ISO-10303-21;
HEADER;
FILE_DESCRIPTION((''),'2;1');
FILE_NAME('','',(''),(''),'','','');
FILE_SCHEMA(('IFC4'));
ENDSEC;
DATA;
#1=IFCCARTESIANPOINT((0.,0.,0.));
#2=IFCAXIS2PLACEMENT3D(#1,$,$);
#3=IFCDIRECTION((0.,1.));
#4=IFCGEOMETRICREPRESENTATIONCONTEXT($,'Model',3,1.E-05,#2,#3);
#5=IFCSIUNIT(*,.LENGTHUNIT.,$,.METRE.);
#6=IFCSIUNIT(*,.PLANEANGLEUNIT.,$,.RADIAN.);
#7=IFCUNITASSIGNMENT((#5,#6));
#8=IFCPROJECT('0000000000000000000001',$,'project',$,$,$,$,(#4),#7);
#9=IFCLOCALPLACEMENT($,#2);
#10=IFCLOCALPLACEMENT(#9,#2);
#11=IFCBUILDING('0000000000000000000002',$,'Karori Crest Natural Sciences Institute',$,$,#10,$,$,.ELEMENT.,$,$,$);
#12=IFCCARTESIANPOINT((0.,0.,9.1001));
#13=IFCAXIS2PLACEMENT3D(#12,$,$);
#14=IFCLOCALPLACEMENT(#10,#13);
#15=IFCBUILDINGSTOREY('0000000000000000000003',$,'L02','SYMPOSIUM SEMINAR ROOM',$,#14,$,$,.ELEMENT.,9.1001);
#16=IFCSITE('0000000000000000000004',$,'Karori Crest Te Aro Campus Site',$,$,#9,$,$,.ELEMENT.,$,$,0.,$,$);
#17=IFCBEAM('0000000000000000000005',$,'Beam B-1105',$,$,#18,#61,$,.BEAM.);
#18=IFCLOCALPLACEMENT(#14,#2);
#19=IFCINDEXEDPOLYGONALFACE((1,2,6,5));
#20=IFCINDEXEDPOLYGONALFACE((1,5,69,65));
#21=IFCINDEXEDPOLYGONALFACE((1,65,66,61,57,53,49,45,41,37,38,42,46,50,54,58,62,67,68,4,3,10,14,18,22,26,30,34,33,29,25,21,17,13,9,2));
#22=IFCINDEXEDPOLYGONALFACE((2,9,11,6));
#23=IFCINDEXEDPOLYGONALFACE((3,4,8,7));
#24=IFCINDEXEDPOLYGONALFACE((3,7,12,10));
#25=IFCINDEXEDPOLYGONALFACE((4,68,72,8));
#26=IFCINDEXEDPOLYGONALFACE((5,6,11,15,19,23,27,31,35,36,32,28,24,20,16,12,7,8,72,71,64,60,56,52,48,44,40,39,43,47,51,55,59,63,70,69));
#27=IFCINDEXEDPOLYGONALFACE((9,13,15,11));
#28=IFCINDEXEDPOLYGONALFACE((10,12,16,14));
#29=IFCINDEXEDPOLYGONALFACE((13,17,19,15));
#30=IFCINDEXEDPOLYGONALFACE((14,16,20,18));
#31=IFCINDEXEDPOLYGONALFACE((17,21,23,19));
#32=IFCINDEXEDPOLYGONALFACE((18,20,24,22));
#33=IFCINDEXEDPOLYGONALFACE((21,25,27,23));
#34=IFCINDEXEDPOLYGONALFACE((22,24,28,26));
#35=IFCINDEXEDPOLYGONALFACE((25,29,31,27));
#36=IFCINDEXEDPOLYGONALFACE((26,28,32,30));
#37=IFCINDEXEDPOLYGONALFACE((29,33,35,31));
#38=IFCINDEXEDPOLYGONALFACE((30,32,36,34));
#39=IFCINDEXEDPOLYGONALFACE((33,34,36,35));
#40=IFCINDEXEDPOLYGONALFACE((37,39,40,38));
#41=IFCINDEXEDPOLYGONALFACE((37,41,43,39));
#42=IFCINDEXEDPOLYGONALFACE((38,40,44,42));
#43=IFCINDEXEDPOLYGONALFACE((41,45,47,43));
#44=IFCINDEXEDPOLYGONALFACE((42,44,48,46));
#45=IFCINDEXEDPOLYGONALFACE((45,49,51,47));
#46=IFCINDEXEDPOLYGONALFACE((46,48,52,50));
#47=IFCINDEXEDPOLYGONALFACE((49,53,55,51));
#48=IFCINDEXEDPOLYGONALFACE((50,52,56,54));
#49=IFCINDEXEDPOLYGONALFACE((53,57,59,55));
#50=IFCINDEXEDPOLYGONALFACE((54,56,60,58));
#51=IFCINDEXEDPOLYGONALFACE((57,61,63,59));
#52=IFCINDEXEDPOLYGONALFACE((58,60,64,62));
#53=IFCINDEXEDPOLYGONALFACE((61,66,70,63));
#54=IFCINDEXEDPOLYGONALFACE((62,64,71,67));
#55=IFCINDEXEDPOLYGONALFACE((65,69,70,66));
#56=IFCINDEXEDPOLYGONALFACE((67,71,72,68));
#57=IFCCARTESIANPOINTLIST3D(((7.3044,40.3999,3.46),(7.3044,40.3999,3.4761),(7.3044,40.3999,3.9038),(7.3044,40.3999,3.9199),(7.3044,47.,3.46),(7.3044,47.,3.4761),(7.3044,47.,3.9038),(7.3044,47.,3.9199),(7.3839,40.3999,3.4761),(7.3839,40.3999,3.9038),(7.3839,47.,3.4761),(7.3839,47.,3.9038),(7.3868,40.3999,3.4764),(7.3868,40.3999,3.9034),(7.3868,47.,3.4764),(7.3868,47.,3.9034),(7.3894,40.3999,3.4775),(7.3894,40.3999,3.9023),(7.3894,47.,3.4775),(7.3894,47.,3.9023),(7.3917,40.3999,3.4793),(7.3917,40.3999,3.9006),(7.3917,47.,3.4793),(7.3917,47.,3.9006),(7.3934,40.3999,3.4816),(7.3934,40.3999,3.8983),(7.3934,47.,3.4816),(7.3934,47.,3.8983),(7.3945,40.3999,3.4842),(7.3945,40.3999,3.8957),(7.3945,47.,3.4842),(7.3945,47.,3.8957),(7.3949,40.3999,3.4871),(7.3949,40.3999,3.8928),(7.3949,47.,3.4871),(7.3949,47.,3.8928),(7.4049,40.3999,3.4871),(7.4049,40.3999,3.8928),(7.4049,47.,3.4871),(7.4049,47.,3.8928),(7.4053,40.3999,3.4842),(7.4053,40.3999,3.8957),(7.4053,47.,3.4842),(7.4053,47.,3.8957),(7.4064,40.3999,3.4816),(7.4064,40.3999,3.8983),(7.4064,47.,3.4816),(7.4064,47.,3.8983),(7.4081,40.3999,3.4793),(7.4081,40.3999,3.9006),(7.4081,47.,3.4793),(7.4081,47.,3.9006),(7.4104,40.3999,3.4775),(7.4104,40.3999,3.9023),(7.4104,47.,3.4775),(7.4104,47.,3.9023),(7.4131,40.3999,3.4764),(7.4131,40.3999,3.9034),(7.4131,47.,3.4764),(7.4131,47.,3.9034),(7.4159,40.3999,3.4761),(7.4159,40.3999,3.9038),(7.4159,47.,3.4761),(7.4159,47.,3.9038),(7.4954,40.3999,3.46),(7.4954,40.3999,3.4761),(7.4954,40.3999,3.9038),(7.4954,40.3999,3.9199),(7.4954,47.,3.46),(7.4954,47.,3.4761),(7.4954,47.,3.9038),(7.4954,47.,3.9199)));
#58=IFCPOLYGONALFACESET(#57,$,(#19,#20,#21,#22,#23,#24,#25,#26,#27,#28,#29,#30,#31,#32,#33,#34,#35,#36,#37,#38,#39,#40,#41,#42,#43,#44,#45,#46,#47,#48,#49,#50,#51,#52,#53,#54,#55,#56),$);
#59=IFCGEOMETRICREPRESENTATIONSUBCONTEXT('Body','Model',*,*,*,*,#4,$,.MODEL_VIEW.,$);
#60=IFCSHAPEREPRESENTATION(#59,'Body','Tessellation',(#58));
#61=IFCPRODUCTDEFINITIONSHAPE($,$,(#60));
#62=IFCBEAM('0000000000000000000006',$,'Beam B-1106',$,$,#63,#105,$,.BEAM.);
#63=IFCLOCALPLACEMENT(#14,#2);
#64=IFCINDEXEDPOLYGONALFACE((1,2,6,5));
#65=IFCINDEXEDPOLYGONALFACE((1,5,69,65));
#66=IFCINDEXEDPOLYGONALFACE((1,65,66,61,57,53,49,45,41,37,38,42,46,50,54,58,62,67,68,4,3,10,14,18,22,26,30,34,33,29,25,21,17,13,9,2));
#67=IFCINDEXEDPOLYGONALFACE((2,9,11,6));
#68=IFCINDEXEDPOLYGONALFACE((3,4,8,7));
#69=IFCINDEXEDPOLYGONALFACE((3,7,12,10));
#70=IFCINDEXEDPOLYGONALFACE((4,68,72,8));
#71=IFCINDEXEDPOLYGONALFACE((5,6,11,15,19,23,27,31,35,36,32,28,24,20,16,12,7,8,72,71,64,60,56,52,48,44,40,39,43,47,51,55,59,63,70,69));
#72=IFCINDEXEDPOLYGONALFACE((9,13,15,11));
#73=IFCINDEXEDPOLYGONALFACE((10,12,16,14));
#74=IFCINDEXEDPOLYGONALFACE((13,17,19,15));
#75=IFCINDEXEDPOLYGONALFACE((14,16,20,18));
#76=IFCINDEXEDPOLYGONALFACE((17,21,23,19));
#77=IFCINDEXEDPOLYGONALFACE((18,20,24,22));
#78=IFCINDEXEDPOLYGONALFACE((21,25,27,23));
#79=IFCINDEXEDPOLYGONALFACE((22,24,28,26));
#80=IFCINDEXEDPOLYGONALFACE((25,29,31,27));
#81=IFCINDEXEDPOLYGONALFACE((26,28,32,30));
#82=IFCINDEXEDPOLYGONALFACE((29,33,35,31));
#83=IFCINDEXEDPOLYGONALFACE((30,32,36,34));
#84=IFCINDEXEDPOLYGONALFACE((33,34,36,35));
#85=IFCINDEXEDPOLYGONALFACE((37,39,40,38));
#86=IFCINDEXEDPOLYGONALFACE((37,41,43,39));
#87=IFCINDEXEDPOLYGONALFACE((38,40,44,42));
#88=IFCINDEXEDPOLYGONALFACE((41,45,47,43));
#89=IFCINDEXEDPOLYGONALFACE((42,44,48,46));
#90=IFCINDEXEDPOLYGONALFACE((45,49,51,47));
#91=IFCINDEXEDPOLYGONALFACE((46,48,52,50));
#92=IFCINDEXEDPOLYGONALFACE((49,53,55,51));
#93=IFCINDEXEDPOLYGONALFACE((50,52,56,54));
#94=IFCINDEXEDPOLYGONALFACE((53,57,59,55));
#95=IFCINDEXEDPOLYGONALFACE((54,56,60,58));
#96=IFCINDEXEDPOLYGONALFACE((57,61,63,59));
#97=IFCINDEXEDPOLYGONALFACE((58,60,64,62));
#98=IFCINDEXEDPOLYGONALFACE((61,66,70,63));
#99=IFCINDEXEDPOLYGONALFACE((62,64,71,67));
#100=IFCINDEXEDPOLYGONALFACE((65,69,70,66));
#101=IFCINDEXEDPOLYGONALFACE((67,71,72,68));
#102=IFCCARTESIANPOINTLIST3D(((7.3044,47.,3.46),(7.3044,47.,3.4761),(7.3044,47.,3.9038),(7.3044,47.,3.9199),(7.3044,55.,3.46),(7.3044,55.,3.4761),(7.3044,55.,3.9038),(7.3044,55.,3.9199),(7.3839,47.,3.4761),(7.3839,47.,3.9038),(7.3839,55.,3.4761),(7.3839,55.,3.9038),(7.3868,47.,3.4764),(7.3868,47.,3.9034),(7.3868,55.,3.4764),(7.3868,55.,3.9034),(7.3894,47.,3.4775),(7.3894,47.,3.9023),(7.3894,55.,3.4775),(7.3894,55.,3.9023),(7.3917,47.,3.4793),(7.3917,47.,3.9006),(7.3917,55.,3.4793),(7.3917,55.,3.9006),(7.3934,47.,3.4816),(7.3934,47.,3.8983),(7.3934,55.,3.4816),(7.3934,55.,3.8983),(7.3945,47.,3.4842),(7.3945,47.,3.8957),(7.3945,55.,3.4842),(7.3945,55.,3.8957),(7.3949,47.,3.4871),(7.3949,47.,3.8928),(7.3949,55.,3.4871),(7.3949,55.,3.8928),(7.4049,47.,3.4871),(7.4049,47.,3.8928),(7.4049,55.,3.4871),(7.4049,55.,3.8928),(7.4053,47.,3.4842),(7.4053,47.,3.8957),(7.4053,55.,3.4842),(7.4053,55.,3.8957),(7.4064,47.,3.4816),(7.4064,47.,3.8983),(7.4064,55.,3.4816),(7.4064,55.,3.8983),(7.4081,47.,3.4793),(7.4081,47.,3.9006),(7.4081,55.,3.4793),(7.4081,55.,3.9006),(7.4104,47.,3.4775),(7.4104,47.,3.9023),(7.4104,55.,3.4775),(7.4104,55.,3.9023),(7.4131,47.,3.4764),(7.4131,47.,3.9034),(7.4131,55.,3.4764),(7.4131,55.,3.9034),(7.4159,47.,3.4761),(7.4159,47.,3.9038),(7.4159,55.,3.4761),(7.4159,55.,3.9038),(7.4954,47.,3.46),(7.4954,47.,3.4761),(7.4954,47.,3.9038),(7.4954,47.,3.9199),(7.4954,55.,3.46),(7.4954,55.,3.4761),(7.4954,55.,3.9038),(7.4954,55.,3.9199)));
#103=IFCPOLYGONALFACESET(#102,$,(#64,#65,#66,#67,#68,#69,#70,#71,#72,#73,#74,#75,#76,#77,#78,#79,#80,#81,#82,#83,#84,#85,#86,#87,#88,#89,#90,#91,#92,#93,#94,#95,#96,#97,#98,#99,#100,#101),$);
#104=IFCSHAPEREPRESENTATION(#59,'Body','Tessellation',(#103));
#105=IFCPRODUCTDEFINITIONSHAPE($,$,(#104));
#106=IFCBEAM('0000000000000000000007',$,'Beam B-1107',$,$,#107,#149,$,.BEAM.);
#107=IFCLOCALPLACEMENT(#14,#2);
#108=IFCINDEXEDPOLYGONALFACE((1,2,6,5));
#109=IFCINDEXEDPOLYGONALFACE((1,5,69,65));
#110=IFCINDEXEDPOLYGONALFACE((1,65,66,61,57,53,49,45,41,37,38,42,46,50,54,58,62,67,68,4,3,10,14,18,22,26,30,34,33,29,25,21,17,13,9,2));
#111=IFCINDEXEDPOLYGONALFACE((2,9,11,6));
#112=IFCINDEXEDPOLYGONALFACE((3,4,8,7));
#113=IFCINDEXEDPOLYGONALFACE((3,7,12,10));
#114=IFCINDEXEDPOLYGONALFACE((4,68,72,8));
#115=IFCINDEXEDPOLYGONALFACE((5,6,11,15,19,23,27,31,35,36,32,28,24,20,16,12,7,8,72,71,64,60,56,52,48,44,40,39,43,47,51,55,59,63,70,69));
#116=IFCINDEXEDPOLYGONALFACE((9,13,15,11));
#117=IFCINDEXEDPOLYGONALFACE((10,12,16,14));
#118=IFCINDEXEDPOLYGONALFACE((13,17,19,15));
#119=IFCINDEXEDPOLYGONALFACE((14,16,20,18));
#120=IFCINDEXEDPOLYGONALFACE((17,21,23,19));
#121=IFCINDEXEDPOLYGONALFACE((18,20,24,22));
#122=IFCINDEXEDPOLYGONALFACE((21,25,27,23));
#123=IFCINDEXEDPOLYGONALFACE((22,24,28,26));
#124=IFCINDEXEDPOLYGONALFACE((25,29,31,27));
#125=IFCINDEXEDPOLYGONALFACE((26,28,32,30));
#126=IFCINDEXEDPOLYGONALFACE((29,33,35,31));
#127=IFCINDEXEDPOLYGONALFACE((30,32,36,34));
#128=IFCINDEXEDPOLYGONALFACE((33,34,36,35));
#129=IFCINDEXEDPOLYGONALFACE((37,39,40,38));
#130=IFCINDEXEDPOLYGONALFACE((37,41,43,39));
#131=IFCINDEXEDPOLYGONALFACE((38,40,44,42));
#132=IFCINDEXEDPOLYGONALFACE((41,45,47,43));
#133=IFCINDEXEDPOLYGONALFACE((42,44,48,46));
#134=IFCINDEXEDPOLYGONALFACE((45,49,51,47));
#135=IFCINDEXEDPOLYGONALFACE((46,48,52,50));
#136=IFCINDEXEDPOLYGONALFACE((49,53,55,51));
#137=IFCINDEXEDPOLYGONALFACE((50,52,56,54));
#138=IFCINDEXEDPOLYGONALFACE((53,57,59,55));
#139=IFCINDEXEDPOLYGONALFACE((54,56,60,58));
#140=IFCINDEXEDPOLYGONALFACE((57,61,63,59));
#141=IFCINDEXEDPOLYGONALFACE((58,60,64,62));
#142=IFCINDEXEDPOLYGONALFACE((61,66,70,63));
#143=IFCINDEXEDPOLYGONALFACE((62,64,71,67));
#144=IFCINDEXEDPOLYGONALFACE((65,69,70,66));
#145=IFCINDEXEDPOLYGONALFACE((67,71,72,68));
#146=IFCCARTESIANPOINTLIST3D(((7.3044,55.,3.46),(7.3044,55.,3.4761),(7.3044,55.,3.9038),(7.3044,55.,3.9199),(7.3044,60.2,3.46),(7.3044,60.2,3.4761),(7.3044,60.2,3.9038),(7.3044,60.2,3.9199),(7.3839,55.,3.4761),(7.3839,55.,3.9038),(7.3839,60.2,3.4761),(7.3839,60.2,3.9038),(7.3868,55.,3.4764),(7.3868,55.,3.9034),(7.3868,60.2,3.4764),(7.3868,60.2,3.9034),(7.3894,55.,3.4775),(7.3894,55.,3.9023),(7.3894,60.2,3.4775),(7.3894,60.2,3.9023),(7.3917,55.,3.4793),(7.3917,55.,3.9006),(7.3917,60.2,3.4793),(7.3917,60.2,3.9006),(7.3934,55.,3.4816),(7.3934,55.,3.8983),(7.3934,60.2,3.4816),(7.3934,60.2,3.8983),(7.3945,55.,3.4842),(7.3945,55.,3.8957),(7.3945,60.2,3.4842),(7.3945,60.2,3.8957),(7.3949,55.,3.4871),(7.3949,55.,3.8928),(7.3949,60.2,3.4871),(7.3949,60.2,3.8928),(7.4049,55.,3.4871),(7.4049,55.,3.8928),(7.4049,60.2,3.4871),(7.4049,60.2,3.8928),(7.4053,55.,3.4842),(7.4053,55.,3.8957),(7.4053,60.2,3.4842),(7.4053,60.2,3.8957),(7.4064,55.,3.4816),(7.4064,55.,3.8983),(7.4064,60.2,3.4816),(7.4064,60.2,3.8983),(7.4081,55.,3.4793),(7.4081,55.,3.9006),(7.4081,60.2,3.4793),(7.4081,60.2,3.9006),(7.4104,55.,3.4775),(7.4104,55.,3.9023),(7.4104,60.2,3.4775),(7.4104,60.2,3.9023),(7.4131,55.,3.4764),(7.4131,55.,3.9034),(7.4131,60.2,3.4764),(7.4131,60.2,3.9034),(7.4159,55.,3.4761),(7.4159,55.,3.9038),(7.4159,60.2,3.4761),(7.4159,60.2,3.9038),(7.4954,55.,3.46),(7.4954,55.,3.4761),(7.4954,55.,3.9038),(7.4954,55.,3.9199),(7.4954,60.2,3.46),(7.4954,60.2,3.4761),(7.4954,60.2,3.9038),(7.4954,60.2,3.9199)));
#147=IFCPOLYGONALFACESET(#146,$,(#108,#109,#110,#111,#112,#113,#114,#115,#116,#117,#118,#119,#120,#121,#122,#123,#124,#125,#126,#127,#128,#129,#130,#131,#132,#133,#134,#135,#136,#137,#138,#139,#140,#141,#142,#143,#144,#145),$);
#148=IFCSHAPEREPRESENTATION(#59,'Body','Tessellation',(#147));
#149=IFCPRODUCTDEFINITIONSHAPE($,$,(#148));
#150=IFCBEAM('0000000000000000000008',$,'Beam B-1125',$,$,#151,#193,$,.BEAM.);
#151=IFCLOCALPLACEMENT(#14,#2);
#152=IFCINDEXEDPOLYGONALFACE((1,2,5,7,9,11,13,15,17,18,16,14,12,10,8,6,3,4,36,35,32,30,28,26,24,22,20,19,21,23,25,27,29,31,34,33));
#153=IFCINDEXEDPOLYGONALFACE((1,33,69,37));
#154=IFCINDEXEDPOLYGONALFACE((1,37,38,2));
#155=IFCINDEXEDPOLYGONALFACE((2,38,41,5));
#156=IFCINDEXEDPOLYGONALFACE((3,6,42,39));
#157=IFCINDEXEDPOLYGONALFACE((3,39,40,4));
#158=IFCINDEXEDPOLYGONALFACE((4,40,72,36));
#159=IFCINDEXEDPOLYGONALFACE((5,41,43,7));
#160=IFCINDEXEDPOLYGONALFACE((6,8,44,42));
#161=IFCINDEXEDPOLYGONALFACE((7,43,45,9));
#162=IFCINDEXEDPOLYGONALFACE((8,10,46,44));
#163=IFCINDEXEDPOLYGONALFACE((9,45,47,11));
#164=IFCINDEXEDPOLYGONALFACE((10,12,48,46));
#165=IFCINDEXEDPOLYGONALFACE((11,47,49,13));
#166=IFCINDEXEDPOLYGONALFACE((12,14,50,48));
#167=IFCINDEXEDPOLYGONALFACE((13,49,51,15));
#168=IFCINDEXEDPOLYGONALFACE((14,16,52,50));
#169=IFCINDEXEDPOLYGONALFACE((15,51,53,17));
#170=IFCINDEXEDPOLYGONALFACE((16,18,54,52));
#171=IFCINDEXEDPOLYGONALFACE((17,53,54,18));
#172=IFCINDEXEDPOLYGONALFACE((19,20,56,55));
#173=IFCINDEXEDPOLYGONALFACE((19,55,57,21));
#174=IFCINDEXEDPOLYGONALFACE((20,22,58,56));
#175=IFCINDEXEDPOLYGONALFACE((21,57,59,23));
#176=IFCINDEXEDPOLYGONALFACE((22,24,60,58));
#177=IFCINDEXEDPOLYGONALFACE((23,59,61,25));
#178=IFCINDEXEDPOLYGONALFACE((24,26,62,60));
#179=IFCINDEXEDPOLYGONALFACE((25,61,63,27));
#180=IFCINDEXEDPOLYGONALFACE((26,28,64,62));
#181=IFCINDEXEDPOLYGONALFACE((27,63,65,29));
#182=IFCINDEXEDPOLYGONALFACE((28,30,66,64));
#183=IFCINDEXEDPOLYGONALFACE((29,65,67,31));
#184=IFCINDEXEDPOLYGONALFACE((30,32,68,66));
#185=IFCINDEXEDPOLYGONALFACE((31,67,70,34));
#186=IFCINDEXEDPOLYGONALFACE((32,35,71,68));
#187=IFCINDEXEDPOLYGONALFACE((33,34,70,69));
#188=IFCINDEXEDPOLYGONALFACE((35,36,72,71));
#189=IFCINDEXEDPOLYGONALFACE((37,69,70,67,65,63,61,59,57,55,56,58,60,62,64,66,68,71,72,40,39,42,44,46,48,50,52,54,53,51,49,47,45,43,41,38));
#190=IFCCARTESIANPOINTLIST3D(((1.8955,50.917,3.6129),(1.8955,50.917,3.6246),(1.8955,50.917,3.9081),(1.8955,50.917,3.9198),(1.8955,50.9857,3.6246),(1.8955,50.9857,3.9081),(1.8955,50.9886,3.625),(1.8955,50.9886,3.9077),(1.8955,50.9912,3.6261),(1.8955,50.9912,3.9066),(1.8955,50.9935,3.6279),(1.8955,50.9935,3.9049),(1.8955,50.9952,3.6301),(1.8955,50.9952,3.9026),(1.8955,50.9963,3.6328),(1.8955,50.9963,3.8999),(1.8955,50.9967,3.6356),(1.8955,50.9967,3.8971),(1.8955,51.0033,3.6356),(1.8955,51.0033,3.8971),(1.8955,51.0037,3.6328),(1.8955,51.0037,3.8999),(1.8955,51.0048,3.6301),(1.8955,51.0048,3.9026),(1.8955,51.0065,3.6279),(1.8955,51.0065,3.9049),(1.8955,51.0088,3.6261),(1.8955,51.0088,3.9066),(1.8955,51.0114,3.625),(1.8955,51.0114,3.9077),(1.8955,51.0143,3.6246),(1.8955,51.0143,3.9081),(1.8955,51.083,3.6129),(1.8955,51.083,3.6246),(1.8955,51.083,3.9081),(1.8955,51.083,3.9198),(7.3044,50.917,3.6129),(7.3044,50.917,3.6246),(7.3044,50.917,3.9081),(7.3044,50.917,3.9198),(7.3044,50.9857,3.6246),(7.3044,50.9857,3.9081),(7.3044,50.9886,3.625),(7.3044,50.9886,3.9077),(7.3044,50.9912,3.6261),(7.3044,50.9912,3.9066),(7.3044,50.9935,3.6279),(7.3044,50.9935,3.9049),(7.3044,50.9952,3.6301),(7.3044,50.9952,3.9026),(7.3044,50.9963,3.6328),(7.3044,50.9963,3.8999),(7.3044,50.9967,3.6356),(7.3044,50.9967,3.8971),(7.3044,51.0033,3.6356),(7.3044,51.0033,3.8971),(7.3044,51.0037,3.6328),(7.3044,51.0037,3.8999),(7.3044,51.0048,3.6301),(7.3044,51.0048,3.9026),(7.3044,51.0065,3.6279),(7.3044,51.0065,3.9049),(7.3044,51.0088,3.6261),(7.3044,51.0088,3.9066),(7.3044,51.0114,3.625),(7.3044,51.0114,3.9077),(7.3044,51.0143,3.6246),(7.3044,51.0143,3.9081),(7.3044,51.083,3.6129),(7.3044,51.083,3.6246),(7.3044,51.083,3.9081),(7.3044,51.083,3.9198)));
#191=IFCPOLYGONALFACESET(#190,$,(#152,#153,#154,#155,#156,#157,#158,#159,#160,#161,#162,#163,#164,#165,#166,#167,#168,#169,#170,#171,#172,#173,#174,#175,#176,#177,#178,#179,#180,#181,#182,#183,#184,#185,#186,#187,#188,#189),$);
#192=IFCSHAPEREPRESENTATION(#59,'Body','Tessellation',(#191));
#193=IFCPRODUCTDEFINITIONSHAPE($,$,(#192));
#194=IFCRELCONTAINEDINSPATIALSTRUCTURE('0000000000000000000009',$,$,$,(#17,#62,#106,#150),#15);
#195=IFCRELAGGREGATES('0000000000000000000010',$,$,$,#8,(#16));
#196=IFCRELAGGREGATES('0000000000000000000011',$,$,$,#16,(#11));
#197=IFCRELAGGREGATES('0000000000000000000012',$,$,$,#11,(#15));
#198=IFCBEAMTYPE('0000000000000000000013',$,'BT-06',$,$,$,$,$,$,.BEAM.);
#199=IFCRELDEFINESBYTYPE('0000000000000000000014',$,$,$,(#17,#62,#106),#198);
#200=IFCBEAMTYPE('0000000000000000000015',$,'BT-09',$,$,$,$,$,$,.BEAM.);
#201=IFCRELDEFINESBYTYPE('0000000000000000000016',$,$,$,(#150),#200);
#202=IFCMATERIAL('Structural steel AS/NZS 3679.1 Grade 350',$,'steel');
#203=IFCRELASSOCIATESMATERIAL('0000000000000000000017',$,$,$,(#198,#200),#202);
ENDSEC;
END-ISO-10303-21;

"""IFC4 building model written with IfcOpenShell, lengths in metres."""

from ifc_helpers import new_model, si_unit, direction, frame, origin, origin_2d, place, context, subcontext, project, spatial, i_section, extrude, material, material_profile, profile_set, type_object, element, save


model = new_model("IFC4")

# Units and contexts
model_context = context("Model", 3, precision=1e-05, world=origin(), true_north=direction((0.0, 1.0)))
body_context = subcontext(model_context, "Body", "Model", "MODEL_VIEW")
ifc_project = project(units=[si_unit("LENGTHUNIT", "METRE"), si_unit("PLANEANGLEUNIT", "RADIAN")], contexts=[model_context])

# Site, building, storey
site_placement = place(None, origin())
site = spatial("IfcSite", under=ifc_project, at=site_placement, Name="Karori Crest Te Aro Campus Site", CompositionType="ELEMENT", RefElevation=0.0)
building_placement = place(site_placement, origin())
building = spatial("IfcBuilding", under=site, at=building_placement, Name="Karori Crest Natural Sciences Institute", CompositionType="ELEMENT")
storey_placement = place(building_placement, frame((0.0, 0.0, 9.1001)))
storey = spatial("IfcBuildingStorey", under=building, at=storey_placement, Name="L02", Description="SYMPOSIUM SEMINAR ROOM", CompositionType="ELEMENT", Elevation=9.1001)

# Shared definitions
ifc_material_1 = material(Name="Structural steel AS/NZS 3679.1 Grade 350", Category="steel")

# Beams
ifc_material_profile_1 = material_profile(ifc_material_1, i_section(OverallWidth=0.1909, OverallDepth=0.46, WebThickness=0.01, FlangeThickness=0.0161, FilletRadius=0.011, at=origin_2d()), Name="460UB82.1")
ifc_profile_set_1 = profile_set([ifc_material_profile_1], Name="Structural steel AS/NZS 3679.1 Grade 350")
beam_type_1 = type_object("IfcBeamType", Name="BT-06", PredefinedType="BEAM", material=ifc_profile_set_1)
beam_1_placement = place(storey_placement, frame((7.3999, 40.3999, 3.6899), z_axis=(0.0, 1.0, 0.0), x_axis=(-1.0, 0.0, 0.0)))
element("IfcBeam", 1, at=beam_1_placement, inside=storey, type_object=beam_type_1, Name="Beam B-1105", PredefinedType="BEAM", context=body_context, shape_type="SweptSolid", body=[
    extrude(i_section(OverallWidth=0.1909, OverallDepth=0.46, WebThickness=0.01, FlangeThickness=0.0161, FilletRadius=0.011, at=origin_2d()), origin(), (0.0, 0.0, 1.0), 6.6001),
])
beam_2_placement = place(storey_placement, frame((7.3999, 47.0, 3.6899), z_axis=(0.0, 1.0, 0.0), x_axis=(-1.0, 0.0, 0.0)))
element("IfcBeam", 2, at=beam_2_placement, inside=storey, type_object=beam_type_1, Name="Beam B-1106", PredefinedType="BEAM", context=body_context, shape_type="SweptSolid", body=[
    extrude(i_section(OverallWidth=0.1909, OverallDepth=0.46, WebThickness=0.01, FlangeThickness=0.0161, FilletRadius=0.011, at=origin_2d()), origin(), (0.0, 0.0, 1.0), 8.0),
])
beam_3_placement = place(storey_placement, frame((7.3999, 55.0, 3.6899), z_axis=(0.0, 1.0, 0.0), x_axis=(-1.0, 0.0, 0.0)))
element("IfcBeam", 3, at=beam_3_placement, inside=storey, type_object=beam_type_1, Name="Beam B-1107", PredefinedType="BEAM", context=body_context, shape_type="SweptSolid", body=[
    extrude(i_section(OverallWidth=0.1909, OverallDepth=0.46, WebThickness=0.01, FlangeThickness=0.0161, FilletRadius=0.011, at=origin_2d()), origin(), (0.0, 0.0, 1.0), 5.2),
])
ifc_material_profile_2 = material_profile(ifc_material_1, i_section(OverallWidth=0.166, OverallDepth=0.3069, WebThickness=0.0066, FlangeThickness=0.0117, FilletRadius=0.011, at=origin_2d()), Name="310UB46.2")
ifc_profile_set_2 = profile_set([ifc_material_profile_2], Name="Structural steel AS/NZS 3679.1 Grade 350")
beam_type_2 = type_object("IfcBeamType", Name="BT-09", PredefinedType="BEAM", material=ifc_profile_set_2)
beam_4_placement = place(storey_placement, frame((1.8955, 51.0, 3.7664), z_axis=(1.0, 0.0, 0.0), x_axis=(0.0, 1.0, 0.0)))
element("IfcBeam", 4, at=beam_4_placement, inside=storey, type_object=beam_type_2, Name="Beam B-1125", PredefinedType="BEAM", context=body_context, shape_type="SweptSolid", body=[
    extrude(i_section(OverallWidth=0.166, OverallDepth=0.3069, WebThickness=0.0066, FlangeThickness=0.0117, FilletRadius=0.011, at=origin_2d()), origin(), (0.0, 0.0, 1.0), 5.4089),
])

save(model, "model.ifc")
